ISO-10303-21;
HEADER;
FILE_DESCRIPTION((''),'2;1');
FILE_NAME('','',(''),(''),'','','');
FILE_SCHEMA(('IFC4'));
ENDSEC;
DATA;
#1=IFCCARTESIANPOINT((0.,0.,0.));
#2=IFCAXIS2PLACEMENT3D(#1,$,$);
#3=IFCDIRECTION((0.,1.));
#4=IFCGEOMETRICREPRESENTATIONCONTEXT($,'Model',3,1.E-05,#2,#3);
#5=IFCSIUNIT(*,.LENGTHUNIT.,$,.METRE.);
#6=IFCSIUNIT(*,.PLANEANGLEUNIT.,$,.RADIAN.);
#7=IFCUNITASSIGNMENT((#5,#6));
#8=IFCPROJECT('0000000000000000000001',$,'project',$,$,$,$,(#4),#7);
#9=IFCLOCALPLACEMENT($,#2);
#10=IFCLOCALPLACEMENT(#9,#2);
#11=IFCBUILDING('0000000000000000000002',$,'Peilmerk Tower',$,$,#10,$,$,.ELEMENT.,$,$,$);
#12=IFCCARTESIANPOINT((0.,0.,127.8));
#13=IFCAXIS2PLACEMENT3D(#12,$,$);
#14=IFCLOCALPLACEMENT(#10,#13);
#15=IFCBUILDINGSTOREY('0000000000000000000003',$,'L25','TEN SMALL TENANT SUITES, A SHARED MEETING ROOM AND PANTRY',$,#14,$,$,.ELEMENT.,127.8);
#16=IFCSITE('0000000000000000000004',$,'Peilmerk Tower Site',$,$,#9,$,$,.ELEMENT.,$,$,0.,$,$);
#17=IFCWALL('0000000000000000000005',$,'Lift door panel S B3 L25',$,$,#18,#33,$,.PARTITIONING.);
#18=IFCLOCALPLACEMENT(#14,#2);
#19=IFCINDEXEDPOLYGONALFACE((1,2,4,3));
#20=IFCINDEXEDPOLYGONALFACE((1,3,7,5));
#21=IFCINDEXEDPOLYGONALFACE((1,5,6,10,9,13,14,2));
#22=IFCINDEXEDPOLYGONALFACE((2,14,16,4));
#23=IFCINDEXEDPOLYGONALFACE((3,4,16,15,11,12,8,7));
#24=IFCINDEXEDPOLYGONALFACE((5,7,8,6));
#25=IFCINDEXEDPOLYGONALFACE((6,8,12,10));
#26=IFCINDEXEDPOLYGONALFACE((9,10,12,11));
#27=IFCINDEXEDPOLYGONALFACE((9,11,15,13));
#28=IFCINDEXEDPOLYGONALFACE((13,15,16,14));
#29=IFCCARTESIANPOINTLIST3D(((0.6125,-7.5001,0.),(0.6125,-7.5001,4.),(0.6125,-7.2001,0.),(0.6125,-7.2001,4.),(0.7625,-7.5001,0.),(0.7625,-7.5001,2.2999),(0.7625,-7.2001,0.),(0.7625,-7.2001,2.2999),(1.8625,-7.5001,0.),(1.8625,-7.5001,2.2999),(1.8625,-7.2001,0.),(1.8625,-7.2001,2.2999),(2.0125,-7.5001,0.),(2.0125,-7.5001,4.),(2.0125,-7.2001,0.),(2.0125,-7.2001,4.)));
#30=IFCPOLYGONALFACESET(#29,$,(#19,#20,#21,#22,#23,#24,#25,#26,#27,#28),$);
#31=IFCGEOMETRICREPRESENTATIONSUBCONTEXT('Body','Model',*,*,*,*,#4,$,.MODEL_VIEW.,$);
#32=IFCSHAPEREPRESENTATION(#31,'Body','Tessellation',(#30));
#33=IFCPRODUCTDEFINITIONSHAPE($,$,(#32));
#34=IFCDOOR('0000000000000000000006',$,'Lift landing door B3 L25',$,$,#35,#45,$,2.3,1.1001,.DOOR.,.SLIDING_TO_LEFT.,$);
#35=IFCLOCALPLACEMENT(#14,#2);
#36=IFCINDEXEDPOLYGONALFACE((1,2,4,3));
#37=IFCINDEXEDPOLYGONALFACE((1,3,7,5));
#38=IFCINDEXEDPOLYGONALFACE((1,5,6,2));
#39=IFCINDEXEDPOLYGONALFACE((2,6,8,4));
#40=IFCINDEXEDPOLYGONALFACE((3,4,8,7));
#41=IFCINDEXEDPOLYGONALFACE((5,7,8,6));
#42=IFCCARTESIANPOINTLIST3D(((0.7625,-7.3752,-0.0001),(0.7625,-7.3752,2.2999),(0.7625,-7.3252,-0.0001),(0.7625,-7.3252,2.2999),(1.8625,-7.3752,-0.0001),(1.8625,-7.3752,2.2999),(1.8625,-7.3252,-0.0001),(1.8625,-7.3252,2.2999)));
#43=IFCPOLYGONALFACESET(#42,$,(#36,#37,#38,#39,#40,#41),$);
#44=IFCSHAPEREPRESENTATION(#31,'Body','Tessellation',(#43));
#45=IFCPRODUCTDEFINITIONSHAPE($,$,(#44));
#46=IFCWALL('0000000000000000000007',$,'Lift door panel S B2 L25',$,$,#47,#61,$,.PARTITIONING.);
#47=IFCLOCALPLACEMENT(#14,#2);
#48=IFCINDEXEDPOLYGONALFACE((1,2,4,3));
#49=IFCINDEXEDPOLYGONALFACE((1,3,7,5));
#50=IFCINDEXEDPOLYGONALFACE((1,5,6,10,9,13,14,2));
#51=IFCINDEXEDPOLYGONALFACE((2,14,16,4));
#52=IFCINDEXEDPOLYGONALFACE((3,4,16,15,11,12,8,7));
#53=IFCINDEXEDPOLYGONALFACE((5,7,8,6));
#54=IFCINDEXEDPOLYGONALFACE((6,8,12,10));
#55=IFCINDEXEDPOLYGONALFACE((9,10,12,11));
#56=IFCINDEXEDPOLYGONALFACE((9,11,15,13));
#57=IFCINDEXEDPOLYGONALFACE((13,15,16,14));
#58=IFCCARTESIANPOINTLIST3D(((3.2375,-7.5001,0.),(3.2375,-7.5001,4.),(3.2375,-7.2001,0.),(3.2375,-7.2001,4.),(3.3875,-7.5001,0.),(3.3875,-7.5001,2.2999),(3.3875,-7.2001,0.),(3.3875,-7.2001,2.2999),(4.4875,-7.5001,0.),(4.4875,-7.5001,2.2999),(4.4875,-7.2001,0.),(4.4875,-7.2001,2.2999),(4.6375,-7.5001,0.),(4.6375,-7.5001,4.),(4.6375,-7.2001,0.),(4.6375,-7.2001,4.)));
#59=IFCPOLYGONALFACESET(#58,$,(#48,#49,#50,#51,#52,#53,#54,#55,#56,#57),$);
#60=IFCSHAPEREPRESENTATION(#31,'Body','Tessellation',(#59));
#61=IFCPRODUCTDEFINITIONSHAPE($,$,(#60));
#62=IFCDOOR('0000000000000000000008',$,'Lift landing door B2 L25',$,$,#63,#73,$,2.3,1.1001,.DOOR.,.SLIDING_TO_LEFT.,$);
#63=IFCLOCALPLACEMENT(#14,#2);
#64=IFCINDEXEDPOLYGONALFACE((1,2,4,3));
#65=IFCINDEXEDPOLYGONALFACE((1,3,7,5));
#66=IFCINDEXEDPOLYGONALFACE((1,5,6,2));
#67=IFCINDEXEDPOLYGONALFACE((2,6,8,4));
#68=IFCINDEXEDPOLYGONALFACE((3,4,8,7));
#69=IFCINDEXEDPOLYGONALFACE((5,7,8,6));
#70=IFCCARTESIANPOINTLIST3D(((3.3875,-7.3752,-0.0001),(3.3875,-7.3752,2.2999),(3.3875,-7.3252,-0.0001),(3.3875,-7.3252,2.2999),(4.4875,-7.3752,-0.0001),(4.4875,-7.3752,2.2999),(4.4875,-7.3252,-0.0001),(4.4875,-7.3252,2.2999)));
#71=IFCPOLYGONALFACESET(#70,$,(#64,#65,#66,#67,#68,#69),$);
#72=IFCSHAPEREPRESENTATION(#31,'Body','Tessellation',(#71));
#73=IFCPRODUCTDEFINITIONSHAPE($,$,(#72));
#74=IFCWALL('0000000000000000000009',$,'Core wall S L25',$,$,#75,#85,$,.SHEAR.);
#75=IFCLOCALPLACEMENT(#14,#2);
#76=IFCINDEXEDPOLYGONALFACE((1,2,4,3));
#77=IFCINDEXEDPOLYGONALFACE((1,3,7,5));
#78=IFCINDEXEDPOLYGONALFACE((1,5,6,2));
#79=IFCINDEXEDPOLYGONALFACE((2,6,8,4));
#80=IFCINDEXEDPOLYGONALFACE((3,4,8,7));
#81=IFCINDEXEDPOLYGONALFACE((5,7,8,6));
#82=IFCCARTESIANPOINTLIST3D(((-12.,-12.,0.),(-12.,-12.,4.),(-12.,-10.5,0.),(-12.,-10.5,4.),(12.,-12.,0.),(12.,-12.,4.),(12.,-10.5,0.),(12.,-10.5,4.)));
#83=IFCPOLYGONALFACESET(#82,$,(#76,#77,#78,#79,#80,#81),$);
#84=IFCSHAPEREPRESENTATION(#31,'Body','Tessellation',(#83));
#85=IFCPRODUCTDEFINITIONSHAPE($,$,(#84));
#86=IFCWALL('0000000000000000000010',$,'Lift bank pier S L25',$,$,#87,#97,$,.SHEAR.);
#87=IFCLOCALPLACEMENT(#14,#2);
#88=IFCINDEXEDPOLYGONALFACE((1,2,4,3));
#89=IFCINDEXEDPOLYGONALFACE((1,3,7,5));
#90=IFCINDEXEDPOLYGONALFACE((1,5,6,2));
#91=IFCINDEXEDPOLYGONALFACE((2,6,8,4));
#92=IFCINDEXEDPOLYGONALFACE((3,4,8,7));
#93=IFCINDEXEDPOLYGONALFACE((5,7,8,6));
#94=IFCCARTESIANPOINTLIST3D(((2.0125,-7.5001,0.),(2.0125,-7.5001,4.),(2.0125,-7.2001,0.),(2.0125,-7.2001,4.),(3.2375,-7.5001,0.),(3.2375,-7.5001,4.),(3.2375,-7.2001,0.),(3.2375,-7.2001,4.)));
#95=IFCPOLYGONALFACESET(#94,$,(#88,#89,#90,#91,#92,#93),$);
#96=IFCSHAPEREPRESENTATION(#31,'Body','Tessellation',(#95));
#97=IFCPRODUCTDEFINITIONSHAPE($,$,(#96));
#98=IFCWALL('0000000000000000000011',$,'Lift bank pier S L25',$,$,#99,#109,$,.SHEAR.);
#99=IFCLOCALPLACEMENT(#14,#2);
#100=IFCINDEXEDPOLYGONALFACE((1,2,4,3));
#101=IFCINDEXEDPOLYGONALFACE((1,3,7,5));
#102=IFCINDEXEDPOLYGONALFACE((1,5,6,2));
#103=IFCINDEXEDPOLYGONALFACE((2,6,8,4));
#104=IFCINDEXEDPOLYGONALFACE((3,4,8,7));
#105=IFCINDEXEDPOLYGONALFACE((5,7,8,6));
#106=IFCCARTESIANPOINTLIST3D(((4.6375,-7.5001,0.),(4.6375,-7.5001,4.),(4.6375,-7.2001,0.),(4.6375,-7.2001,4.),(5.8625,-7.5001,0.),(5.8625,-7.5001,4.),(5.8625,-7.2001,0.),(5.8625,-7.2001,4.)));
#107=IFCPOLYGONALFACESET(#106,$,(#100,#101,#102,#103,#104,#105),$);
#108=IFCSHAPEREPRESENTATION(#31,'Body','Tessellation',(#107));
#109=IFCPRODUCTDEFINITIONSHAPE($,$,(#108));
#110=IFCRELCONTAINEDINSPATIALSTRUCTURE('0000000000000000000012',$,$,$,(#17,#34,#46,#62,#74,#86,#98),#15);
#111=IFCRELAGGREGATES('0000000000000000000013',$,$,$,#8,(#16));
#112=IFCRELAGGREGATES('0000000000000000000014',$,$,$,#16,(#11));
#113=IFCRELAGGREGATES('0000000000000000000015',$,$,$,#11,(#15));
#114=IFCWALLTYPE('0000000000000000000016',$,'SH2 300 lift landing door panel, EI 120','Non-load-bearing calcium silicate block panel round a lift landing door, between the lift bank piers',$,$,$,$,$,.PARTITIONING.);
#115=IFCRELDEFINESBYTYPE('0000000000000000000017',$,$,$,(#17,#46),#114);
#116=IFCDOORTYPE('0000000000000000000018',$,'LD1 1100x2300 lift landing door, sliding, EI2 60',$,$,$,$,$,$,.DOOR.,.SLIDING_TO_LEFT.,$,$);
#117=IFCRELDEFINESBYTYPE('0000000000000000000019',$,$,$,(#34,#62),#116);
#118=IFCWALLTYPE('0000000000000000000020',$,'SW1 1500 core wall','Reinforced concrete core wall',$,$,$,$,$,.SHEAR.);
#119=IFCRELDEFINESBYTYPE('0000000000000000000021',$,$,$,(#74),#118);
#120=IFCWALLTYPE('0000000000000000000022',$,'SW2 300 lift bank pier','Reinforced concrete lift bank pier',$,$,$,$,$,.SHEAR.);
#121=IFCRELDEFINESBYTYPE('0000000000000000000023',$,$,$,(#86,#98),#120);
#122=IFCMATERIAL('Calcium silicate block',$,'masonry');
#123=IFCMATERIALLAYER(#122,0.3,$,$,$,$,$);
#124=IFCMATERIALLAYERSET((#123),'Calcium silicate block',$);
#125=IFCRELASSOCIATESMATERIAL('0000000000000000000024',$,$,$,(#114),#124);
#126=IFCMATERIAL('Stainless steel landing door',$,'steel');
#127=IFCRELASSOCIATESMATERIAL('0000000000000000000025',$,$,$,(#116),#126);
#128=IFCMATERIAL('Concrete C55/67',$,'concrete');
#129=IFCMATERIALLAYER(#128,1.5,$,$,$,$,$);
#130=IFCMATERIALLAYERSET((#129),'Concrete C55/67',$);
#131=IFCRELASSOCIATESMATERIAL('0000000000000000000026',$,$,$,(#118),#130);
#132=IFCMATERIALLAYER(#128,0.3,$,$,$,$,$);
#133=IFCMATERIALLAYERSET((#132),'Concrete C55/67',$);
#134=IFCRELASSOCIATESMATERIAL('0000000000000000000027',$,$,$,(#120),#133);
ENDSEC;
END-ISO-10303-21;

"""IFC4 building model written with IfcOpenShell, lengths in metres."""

from ifc_helpers import new_model, si_unit, direction, frame, frame_2d, origin, place, context, subcontext, project, spatial, rectangle, extrude, material, layer, layer_set, type_object, element, fill, save


model = new_model("IFC4")

# Units and contexts
model_context = context("Model", 3, precision=1e-05, world=origin(), true_north=direction((0.0, 1.0)))
body_context = subcontext(model_context, "Body", "Model", "MODEL_VIEW")
ifc_project = project(units=[si_unit("LENGTHUNIT", "METRE"), si_unit("PLANEANGLEUNIT", "RADIAN")], contexts=[model_context])

# Site, building, storey
site_placement = place(None, origin())
site = spatial("IfcSite", under=ifc_project, at=site_placement, Name="Peilmerk Tower Site", CompositionType="ELEMENT", RefElevation=0.0)
building_placement = place(site_placement, origin())
building = spatial("IfcBuilding", under=site, at=building_placement, Name="Peilmerk Tower", CompositionType="ELEMENT")
storey_placement = place(building_placement, frame((0.0, 0.0, 127.8)))
storey = spatial("IfcBuildingStorey", under=building, at=storey_placement, Name="L25", Description="TEN SMALL TENANT SUITES, A SHARED MEETING ROOM AND PANTRY", CompositionType="ELEMENT", Elevation=127.8)

# Shared definitions
ifc_material_1 = material(Name="Calcium silicate block", Category="masonry")

# Walls, openings, doors
ifc_layer_1 = layer(ifc_material_1, 0.3)
ifc_layer_set_1 = layer_set([ifc_layer_1], Name="Calcium silicate block")
wall_type_1 = type_object("IfcWallType", Name="SH2 300 lift landing door panel, EI 120", Description="Non-load-bearing calcium silicate block panel round a lift landing door, between the lift bank piers", PredefinedType="PARTITIONING", material=ifc_layer_set_1)
wall_1_placement = place(storey_placement, frame((0.6125, -7.3501, 0.0), z_axis=(0.0, 0.0, 1.0), x_axis=(1.0, 0.0, 0.0)))
wall_1 = element("IfcWall", 1, at=wall_1_placement, inside=storey, type_object=wall_type_1, Name="Lift door panel S B3 L25", PredefinedType="PARTITIONING", context=body_context, shape_type="SweptSolid", body=[
    extrude(rectangle(XDim=1.3999, YDim=0.3, at=frame_2d((0.7, 0.0))), origin(), (0.0, 0.0, 1.0), 4.0),
])
opening_1_placement = place(wall_1_placement, frame((0.1499, 0.0, 0.0)))
opening_1 = element("IfcOpeningElement", 2, at=opening_1_placement, cuts=wall_1, PredefinedType="OPENING", context=body_context, shape_type="SweptSolid", body=[
    extrude(rectangle(XDim=1.1001, YDim=2.3, at=frame_2d((0.55, 1.1499))), frame((0.0, 0.1599, 0.0), z_axis=(0.0, -1.0, 0.0), x_axis=(1.0, 0.0, 0.0)), (0.0, 0.0, 1.0), 0.3201),
])
ifc_material_2 = material(Name="Stainless steel landing door", Category="steel")
door_type_1 = type_object("IfcDoorType", Name="LD1 1100x2300 lift landing door, sliding, EI2 60", OperationType="SLIDING_TO_LEFT", PredefinedType="DOOR", material=ifc_material_2)
door_1_placement = place(opening_1_placement, origin())
door_1 = element("IfcDoor", 3, at=door_1_placement, inside=storey, type_object=door_type_1, Name="Lift landing door B3 L25", OperationType="SLIDING_TO_LEFT", OverallHeight=2.3, OverallWidth=1.1001, PredefinedType="DOOR", context=body_context, shape_type="SweptSolid", body=[
    extrude(rectangle(XDim=1.1001, YDim=2.3, at=frame_2d((0.55, 1.1499))), frame((0.0, 0.0249, 0.0), z_axis=(0.0, -1.0, 0.0), x_axis=(1.0, 0.0, 0.0)), (0.0, 0.0, 1.0), 0.05),
])
fill(opening_1, door_1)
wall_2_placement = place(storey_placement, frame((3.2375, -7.3501, 0.0), z_axis=(0.0, 0.0, 1.0), x_axis=(1.0, 0.0, 0.0)))
wall_2 = element("IfcWall", 4, at=wall_2_placement, inside=storey, type_object=wall_type_1, Name="Lift door panel S B2 L25", PredefinedType="PARTITIONING", context=body_context, shape_type="SweptSolid", body=[
    extrude(rectangle(XDim=1.3999, YDim=0.3, at=frame_2d((0.7, 0.0))), origin(), (0.0, 0.0, 1.0), 4.0),
])
opening_2_placement = place(wall_2_placement, frame((0.1499, 0.0, 0.0)))
opening_2 = element("IfcOpeningElement", 5, at=opening_2_placement, cuts=wall_2, PredefinedType="OPENING", context=body_context, shape_type="SweptSolid", body=[
    extrude(rectangle(XDim=1.1001, YDim=2.3, at=frame_2d((0.55, 1.1499))), frame((0.0, 0.1599, 0.0), z_axis=(0.0, -1.0, 0.0), x_axis=(1.0, 0.0, 0.0)), (0.0, 0.0, 1.0), 0.3201),
])
door_2_placement = place(opening_2_placement, origin())
door_2 = element("IfcDoor", 6, at=door_2_placement, inside=storey, type_object=door_type_1, Name="Lift landing door B2 L25", OperationType="SLIDING_TO_LEFT", OverallHeight=2.3, OverallWidth=1.1001, PredefinedType="DOOR", context=body_context, shape_type="SweptSolid", body=[
    extrude(rectangle(XDim=1.1001, YDim=2.3, at=frame_2d((0.55, 1.1499))), frame((0.0, 0.0249, 0.0), z_axis=(0.0, -1.0, 0.0), x_axis=(1.0, 0.0, 0.0)), (0.0, 0.0, 1.0), 0.05),
])
fill(opening_2, door_2)

# Walls
ifc_material_3 = material(Name="Concrete C55/67", Category="concrete")
ifc_layer_2 = layer(ifc_material_3, 1.5)
ifc_layer_set_2 = layer_set([ifc_layer_2], Name="Concrete C55/67")
wall_type_2 = type_object("IfcWallType", Name="SW1 1500 core wall", Description="Reinforced concrete core wall", PredefinedType="SHEAR", material=ifc_layer_set_2)
wall_3_placement = place(storey_placement, frame((12.0, -11.25, 0.0), z_axis=(0.0, 0.0, 1.0), x_axis=(-1.0, 0.0, 0.0)))
element("IfcWall", 7, at=wall_3_placement, inside=storey, type_object=wall_type_2, Name="Core wall S L25", PredefinedType="SHEAR", context=body_context, shape_type="SweptSolid", body=[
    extrude(rectangle(XDim=24.0, YDim=1.5, at=frame_2d((12.0, 0.0))), origin(), (0.0, 0.0, 1.0), 4.0),
])
ifc_layer_3 = layer(ifc_material_3, 0.3)
ifc_layer_set_3 = layer_set([ifc_layer_3], Name="Concrete C55/67")
wall_type_3 = type_object("IfcWallType", Name="SW2 300 lift bank pier", Description="Reinforced concrete lift bank pier", PredefinedType="SHEAR", material=ifc_layer_set_3)
for number, where, z_axis, x_axis, name in (
    (8, (2.0125, -7.3501, 0.0), (0.0, 0.0, 1.0), (1.0, 0.0, 0.0), "Lift bank pier S L25"),
    (9, (4.6375, -7.3501, 0.0), (0.0, 0.0, 1.0), (1.0, 0.0, 0.0), "Lift bank pier S L25"),
):
    element("IfcWall", number, at=place(storey_placement, frame(where, z_axis=z_axis, x_axis=x_axis)), inside=storey, type_object=wall_type_3, Name=name, PredefinedType="SHEAR", context=body_context, shape_type="SweptSolid", body=[
        extrude(rectangle(XDim=1.2251, YDim=0.3, at=frame_2d((0.6125, 0.0))), origin(), (0.0, 0.0, 1.0), 4.0),
    ])

save(model, "model.ifc")
